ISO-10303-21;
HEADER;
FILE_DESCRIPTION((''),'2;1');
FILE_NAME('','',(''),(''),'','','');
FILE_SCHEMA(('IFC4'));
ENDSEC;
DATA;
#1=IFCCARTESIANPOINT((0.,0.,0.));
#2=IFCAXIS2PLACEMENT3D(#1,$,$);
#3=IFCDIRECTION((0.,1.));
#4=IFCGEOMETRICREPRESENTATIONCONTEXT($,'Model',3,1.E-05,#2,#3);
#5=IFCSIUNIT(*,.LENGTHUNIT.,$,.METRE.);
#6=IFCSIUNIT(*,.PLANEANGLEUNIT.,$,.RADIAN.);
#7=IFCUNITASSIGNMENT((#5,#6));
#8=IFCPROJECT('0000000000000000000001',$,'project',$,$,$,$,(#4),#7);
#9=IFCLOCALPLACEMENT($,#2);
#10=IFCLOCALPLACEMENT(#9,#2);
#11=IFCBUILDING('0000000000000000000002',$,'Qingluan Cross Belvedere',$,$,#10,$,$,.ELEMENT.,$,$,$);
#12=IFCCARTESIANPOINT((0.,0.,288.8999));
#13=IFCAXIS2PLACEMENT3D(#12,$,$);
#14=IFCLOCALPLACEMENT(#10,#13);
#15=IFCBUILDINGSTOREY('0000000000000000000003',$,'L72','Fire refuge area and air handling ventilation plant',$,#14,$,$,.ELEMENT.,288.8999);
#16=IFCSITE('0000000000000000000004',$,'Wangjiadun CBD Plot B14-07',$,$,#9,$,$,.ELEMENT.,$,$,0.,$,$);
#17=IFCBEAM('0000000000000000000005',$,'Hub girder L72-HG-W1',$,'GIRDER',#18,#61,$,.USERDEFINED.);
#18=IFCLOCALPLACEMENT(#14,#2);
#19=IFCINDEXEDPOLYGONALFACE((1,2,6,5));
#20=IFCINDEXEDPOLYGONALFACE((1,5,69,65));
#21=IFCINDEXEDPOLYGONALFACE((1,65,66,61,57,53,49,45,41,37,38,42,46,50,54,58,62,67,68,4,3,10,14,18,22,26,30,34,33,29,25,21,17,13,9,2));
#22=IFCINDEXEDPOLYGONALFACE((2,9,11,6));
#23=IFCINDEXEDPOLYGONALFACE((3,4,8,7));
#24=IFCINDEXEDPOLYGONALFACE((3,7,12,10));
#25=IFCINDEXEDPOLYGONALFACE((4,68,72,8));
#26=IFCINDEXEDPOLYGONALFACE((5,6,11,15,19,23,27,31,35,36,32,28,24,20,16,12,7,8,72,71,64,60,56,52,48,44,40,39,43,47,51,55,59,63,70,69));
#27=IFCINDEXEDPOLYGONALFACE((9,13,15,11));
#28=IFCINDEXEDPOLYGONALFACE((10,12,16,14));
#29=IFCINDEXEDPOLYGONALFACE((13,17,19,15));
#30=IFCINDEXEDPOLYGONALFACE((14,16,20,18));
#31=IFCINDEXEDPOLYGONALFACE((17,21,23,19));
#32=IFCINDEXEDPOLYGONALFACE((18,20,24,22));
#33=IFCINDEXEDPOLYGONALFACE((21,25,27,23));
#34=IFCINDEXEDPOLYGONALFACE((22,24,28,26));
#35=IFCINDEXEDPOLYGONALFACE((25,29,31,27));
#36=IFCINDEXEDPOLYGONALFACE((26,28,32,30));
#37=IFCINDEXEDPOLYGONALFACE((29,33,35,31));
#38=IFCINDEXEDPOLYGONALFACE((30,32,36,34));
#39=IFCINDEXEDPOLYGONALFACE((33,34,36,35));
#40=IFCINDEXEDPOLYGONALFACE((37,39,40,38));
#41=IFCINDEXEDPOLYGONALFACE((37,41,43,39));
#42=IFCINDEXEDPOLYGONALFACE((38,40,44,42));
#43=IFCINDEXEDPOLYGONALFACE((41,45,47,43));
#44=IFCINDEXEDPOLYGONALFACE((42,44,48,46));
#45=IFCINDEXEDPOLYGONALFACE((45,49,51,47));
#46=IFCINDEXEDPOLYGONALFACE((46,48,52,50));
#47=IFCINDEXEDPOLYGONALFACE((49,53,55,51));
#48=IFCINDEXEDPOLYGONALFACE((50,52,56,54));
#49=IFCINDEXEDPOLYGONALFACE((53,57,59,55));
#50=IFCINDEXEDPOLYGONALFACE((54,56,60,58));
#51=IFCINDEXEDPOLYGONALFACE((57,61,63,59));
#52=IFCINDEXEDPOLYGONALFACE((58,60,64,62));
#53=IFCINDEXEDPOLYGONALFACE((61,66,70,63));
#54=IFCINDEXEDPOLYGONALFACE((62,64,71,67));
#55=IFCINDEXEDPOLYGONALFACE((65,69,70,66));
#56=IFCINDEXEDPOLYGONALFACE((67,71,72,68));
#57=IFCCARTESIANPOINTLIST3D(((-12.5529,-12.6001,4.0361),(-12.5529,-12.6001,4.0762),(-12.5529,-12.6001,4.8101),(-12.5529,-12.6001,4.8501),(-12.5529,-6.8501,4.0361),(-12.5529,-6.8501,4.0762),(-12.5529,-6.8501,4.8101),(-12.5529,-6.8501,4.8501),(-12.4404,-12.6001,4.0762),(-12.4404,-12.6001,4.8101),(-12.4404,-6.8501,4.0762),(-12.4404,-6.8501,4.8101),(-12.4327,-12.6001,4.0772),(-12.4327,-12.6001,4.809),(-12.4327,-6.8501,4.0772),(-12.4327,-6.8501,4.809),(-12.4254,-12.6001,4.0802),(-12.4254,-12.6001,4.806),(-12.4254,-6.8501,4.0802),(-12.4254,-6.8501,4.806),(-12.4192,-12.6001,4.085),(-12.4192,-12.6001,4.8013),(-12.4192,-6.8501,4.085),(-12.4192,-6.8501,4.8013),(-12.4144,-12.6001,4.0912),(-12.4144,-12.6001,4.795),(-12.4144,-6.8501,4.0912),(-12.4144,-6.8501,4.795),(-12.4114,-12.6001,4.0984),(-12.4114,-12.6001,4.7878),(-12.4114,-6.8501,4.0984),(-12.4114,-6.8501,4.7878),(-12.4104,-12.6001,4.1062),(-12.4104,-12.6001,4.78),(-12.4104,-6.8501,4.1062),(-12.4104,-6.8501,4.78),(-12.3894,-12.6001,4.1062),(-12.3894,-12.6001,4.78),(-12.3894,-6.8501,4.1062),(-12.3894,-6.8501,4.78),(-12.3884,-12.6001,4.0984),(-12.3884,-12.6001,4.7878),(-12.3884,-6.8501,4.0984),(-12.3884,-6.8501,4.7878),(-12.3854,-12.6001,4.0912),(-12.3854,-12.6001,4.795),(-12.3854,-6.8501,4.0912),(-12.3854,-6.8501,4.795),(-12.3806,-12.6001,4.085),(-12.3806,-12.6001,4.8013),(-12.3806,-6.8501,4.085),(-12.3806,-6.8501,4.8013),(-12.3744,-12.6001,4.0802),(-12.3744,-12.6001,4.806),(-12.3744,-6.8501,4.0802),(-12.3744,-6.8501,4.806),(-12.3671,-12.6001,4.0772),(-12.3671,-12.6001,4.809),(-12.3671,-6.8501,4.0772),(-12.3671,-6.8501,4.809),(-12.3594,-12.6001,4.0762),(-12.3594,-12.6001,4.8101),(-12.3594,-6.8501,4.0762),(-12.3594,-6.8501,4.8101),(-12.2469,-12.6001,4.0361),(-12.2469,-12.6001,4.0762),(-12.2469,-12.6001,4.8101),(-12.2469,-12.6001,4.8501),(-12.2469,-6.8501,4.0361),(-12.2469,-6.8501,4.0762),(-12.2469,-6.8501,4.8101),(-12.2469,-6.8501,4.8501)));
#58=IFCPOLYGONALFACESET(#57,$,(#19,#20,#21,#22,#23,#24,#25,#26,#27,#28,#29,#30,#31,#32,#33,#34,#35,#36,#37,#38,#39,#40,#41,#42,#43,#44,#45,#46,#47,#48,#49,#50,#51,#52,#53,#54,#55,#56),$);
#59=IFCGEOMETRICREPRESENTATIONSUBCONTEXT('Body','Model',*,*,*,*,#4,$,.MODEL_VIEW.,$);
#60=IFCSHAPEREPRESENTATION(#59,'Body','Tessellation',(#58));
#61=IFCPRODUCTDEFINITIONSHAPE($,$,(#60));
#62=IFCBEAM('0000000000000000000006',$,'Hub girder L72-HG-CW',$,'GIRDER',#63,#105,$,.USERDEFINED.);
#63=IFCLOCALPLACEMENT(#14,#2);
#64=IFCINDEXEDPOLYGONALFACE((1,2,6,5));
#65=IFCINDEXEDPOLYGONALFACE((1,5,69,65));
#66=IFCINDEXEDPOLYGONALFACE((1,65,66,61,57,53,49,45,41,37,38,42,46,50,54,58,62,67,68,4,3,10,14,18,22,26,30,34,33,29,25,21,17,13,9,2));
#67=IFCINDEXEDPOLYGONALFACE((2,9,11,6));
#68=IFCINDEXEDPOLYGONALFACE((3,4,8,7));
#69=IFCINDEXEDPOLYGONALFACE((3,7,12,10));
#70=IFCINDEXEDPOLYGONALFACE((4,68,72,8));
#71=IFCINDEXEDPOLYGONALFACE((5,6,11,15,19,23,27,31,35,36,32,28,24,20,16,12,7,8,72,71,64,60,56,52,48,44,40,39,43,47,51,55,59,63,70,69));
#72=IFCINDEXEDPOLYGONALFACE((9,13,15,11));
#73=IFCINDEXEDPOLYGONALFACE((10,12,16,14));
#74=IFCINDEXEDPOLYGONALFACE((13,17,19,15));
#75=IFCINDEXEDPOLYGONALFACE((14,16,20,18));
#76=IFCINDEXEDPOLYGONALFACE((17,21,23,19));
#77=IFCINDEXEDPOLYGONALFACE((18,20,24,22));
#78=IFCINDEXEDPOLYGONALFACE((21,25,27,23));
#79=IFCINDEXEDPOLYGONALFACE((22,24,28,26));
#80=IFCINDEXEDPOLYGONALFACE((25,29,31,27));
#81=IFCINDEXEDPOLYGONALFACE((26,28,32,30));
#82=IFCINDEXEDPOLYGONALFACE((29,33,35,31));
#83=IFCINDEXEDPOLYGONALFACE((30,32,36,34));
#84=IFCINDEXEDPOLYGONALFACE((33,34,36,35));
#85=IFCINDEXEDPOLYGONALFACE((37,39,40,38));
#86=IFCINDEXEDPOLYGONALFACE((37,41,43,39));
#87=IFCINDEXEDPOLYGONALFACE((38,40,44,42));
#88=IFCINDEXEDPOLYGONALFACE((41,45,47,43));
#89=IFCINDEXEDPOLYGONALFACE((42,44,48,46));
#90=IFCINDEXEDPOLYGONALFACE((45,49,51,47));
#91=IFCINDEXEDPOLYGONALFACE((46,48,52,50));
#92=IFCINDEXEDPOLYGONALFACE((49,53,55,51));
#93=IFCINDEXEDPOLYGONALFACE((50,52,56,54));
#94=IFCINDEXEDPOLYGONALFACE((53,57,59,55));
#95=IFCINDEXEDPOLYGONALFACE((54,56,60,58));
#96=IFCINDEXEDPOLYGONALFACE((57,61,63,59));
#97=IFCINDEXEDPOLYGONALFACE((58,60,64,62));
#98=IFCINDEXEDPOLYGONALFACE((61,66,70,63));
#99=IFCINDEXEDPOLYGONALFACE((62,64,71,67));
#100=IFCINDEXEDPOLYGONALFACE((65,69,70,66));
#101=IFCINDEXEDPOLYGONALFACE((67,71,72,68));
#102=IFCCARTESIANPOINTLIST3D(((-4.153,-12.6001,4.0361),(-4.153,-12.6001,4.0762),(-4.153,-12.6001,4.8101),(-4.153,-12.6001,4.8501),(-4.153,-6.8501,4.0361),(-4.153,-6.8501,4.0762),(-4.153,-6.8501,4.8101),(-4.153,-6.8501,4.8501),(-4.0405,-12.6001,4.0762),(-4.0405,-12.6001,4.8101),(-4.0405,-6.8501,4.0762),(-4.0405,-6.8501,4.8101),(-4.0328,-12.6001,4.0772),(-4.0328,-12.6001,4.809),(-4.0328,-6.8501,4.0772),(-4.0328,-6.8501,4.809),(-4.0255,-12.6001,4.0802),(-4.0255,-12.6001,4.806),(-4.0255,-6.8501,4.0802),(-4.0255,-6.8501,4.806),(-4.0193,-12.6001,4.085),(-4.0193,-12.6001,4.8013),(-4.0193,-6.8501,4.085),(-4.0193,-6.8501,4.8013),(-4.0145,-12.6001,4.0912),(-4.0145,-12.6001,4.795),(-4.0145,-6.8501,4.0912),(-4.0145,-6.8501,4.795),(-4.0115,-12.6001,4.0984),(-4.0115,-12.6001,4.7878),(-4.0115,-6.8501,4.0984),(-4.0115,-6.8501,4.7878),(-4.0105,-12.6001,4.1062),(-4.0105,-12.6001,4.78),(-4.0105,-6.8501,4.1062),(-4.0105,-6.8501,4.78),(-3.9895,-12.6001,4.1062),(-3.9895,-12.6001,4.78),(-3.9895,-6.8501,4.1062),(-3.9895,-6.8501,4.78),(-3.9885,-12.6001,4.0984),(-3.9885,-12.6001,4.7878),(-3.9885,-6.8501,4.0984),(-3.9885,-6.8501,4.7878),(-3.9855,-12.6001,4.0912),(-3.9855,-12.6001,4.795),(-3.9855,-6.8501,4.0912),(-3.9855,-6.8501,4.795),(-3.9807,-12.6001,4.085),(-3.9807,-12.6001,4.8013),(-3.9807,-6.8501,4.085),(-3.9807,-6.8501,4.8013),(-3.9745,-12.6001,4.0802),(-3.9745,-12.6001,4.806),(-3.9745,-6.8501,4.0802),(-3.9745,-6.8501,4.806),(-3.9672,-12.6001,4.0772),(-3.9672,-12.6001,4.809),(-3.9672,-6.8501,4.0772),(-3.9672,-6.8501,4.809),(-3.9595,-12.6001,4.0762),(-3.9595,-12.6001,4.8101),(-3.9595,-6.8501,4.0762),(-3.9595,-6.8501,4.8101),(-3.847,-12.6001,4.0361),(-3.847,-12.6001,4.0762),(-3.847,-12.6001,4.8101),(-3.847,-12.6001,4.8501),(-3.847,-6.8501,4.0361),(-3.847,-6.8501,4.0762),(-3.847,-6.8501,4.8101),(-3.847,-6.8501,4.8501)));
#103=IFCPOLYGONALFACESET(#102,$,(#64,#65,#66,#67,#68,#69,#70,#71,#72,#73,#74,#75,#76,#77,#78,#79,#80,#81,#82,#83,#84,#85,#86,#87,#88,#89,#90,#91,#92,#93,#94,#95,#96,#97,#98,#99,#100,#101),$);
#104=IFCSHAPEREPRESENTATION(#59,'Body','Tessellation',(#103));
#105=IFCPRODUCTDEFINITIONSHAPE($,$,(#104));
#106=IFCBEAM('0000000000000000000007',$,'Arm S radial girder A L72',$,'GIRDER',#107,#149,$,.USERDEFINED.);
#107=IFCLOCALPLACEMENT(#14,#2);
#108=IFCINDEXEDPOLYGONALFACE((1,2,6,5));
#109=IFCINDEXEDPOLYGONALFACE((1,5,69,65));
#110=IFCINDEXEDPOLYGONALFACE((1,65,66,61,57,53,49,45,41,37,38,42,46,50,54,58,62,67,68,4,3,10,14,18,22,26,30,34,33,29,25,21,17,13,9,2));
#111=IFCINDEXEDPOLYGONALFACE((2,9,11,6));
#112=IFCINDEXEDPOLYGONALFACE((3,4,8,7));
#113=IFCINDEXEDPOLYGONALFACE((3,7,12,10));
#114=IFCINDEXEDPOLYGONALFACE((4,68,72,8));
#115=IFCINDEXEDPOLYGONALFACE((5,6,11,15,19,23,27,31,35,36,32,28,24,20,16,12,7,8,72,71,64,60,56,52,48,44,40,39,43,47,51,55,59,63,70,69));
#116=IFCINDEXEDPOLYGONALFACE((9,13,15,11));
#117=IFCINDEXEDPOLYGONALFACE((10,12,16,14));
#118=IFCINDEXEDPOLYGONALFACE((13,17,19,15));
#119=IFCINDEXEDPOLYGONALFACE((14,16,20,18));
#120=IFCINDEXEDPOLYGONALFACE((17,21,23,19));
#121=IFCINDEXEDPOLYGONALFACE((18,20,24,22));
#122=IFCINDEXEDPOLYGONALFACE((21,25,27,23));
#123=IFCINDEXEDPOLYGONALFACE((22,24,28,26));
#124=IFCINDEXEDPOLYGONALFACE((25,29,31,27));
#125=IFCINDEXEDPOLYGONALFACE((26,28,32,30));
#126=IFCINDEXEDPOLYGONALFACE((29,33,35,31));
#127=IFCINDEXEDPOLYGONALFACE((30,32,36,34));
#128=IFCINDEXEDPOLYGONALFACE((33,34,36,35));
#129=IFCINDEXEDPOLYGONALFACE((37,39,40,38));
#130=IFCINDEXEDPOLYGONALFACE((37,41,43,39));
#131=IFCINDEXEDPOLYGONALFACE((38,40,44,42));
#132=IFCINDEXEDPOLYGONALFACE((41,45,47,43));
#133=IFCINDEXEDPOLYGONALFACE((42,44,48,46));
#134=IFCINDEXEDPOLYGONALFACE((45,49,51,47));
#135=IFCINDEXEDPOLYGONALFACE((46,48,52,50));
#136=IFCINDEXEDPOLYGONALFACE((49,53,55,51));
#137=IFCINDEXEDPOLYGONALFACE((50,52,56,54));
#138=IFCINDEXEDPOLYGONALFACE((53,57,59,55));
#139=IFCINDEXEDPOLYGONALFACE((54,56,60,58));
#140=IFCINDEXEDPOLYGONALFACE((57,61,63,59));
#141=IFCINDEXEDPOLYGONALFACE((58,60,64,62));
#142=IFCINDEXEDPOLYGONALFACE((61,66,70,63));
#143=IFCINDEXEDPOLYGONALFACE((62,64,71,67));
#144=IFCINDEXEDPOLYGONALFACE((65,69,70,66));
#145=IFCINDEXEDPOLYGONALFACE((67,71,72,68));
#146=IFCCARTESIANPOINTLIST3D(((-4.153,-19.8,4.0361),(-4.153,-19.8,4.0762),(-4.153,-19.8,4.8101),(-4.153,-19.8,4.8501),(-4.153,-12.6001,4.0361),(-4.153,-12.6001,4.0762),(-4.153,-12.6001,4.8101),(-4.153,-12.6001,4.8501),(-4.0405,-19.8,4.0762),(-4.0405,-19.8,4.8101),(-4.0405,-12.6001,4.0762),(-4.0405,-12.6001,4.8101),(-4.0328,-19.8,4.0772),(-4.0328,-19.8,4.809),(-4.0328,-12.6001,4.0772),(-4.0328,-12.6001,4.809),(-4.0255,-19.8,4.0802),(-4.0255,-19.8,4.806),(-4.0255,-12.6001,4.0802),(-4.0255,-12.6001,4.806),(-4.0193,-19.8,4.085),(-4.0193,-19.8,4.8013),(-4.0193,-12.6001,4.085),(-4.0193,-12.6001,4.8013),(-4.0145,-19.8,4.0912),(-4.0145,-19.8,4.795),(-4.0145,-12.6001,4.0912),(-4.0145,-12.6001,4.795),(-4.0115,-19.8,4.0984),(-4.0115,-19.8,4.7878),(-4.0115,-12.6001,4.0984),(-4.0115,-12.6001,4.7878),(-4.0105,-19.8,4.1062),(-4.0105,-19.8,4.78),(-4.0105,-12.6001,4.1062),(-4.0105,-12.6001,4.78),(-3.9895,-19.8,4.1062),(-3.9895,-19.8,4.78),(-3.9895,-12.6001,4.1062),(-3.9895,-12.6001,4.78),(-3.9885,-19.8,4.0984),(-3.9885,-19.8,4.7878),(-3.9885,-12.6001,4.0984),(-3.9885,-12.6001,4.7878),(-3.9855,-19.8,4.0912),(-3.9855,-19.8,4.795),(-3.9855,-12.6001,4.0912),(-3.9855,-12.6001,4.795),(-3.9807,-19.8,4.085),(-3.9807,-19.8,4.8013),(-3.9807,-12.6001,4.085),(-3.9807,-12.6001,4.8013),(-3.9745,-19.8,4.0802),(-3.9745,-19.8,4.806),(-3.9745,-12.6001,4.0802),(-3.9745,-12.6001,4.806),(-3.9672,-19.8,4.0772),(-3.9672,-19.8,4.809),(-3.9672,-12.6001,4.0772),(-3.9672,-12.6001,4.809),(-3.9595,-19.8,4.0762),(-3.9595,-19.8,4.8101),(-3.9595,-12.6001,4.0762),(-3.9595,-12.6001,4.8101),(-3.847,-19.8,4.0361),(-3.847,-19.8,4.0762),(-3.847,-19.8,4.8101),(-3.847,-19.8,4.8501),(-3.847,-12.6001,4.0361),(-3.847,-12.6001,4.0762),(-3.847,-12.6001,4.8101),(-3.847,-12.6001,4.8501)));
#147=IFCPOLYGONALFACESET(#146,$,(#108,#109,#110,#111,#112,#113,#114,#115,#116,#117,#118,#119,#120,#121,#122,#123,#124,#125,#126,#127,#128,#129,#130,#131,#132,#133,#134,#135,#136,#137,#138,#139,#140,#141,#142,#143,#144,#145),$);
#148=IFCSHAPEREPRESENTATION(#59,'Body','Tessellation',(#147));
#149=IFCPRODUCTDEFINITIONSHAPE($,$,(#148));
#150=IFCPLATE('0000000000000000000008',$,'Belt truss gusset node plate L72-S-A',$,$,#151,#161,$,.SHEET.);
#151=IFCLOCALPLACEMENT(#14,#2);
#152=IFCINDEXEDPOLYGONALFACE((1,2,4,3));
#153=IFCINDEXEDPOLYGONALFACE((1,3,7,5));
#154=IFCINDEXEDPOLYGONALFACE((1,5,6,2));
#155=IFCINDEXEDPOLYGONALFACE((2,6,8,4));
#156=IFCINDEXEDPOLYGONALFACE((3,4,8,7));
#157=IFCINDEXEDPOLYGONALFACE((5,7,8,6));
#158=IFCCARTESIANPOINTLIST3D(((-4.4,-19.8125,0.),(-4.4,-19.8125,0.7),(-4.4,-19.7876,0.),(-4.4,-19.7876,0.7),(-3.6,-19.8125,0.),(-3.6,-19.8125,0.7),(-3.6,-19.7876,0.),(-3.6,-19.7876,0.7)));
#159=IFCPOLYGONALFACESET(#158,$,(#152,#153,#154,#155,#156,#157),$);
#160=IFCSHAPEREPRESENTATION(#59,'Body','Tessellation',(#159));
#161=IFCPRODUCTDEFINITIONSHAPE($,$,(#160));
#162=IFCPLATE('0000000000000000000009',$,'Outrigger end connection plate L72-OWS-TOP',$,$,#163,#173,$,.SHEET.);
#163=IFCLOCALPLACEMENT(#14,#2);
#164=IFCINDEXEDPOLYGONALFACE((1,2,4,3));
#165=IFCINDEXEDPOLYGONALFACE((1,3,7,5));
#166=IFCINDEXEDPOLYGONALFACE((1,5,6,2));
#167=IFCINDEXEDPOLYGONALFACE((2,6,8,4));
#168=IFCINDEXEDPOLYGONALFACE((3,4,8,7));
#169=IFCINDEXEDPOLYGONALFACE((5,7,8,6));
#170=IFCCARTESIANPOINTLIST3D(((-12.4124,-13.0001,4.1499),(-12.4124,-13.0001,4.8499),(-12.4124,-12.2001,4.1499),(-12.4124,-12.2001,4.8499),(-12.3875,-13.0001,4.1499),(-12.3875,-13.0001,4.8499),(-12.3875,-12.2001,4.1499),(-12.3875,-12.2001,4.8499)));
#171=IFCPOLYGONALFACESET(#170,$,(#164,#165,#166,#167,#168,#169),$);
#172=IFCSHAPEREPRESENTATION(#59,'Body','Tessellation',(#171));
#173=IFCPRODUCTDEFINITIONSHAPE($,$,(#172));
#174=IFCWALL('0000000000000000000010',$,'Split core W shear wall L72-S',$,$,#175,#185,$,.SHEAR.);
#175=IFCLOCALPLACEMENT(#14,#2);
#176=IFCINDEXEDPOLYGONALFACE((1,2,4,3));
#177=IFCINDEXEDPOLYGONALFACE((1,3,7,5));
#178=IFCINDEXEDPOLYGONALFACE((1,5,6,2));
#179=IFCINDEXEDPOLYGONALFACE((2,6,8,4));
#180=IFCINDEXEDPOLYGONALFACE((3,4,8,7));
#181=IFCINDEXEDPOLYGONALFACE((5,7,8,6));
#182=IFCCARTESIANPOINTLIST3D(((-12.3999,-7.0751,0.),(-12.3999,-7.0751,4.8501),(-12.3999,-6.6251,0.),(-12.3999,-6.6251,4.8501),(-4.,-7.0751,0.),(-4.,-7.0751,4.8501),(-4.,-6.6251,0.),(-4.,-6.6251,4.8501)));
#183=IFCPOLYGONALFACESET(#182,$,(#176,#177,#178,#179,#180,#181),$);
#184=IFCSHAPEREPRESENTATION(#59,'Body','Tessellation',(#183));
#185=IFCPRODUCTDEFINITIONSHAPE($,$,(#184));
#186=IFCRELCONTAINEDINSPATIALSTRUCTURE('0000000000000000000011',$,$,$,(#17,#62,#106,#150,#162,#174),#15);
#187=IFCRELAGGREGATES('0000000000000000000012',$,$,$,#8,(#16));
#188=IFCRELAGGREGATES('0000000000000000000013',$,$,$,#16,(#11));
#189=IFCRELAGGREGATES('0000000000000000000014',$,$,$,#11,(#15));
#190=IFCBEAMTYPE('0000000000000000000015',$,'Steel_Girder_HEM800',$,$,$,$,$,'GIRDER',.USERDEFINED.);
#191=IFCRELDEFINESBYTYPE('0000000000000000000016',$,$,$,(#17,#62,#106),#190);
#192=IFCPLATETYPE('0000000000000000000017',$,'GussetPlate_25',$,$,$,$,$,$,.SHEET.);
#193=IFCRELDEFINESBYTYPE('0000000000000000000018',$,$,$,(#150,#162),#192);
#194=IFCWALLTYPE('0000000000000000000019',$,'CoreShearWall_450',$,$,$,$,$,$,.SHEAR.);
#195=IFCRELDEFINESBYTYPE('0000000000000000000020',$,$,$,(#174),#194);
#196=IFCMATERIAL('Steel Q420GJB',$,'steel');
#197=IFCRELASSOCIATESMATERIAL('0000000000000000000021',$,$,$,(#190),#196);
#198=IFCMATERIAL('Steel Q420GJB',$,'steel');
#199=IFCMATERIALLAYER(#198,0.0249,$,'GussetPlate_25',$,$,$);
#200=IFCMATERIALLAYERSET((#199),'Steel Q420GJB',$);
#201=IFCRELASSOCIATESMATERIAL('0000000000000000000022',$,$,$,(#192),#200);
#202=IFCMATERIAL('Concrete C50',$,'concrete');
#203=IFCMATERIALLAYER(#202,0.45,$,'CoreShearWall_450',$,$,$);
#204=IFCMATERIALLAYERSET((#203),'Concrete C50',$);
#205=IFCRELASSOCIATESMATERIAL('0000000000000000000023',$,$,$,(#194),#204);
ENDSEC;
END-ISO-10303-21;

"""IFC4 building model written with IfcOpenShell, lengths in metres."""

from ifc_helpers import new_model, si_unit, direction, frame, frame_2d, origin, origin_2d, place, context, subcontext, project, spatial, rectangle, i_section, extrude, material, layer, layer_set, material_profile, profile_set, type_object, element, save


model = new_model("IFC4")

# Units and contexts
model_context = context("Model", 3, precision=1e-05, world=origin(), true_north=direction((0.0, 1.0)))
body_context = subcontext(model_context, "Body", "Model", "MODEL_VIEW")
ifc_project = project(units=[si_unit("LENGTHUNIT", "METRE"), si_unit("PLANEANGLEUNIT", "RADIAN")], contexts=[model_context])

# Site, building, storey
site_placement = place(None, origin())
site = spatial("IfcSite", under=ifc_project, at=site_placement, Name="Wangjiadun CBD Plot B14-07", CompositionType="ELEMENT", RefElevation=0.0)
building_placement = place(site_placement, origin())
building = spatial("IfcBuilding", under=site, at=building_placement, Name="Qingluan Cross Belvedere", CompositionType="ELEMENT")
storey_placement = place(building_placement, frame((0.0, 0.0, 288.8999)))
storey = spatial("IfcBuildingStorey", under=building, at=storey_placement, Name="L72", Description="Fire refuge area and air handling ventilation plant", CompositionType="ELEMENT", Elevation=288.8999)

# Beams
ifc_material_1 = material(Name="Steel Q420GJB", Category="steel")
ifc_material_profile_1 = material_profile(ifc_material_1, i_section(OverallWidth=0.3059, OverallDepth=0.814, WebThickness=0.021, FlangeThickness=0.04, FilletRadius=0.03, at=origin_2d()), Name="HEM800")
ifc_profile_set_1 = profile_set([ifc_material_profile_1], Name="Steel Q420GJB")
beam_type_1 = type_object("IfcBeamType", Name="Steel_Girder_HEM800", ElementType="GIRDER", PredefinedType="USERDEFINED", material=ifc_profile_set_1)
for number, where, z_axis, x_axis, name in (
    (1, (-12.3999, -12.6001, 4.4431), (0.0, 1.0, 0.0), (-1.0, 0.0, 0.0), "Hub girder L72-HG-W1"),
    (2, (-4.0, -12.6001, 4.4431), (0.0, 1.0, 0.0), (-1.0, 0.0, 0.0), "Hub girder L72-HG-CW"),
):
    element("IfcBeam", number, at=place(storey_placement, frame(where, z_axis=z_axis, x_axis=x_axis)), inside=storey, type_object=beam_type_1, Name=name, ObjectType="GIRDER", PredefinedType="USERDEFINED", context=body_context, shape_type="SweptSolid", body=[
        extrude(i_section(OverallWidth=0.3059, OverallDepth=0.814, WebThickness=0.021, FlangeThickness=0.04, FilletRadius=0.03, at=origin_2d()), origin(), (0.0, 0.0, 1.0), 5.75),
    ])
beam_1_placement = place(storey_placement, frame((-4.0, -12.6001, 4.4431), z_axis=(0.0, -1.0, 0.0), x_axis=(1.0, 0.0, 0.0)))
element("IfcBeam", 3, at=beam_1_placement, inside=storey, type_object=beam_type_1, Name="Arm S radial girder A L72", ObjectType="GIRDER", PredefinedType="USERDEFINED", context=body_context, shape_type="SweptSolid", body=[
    extrude(i_section(OverallWidth=0.3059, OverallDepth=0.814, WebThickness=0.021, FlangeThickness=0.04, FilletRadius=0.03, at=origin_2d()), origin(), (0.0, 0.0, 1.0), 7.2),
])

# Plates
ifc_material_2 = material(Name="Steel Q420GJB", Category="steel")
ifc_layer_1 = layer(ifc_material_2, 0.0249, Name="GussetPlate_25")
ifc_layer_set_1 = layer_set([ifc_layer_1], Name="Steel Q420GJB")
plate_type = type_object("IfcPlateType", Name="GussetPlate_25", PredefinedType="SHEET", material=ifc_layer_set_1)
for number, where, z_axis, x_axis, name in (
    (4, (-4.0, -19.8, 0.0), (0.0, 0.0, 1.0), (1.0, 0.0, 0.0), "Belt truss gusset node plate L72-S-A"),
    (5, (-12.3999, -12.6001, 4.1499), (0.0, 0.0, 1.0), (0.0, 1.0, 0.0), "Outrigger end connection plate L72-OWS-TOP"),
):
    element("IfcPlate", number, at=place(storey_placement, frame(where, z_axis=z_axis, x_axis=x_axis)), inside=storey, type_object=plate_type, Name=name, PredefinedType="SHEET", context=body_context, shape_type="SweptSolid", body=[
        extrude(rectangle(XDim=0.8, YDim=0.0249, at=origin_2d()), origin(), (0.0, 0.0, 1.0), 0.7),
    ])

# Wall
ifc_material_3 = material(Name="Concrete C50", Category="concrete")
ifc_layer_2 = layer(ifc_material_3, 0.45, Name="CoreShearWall_450")
ifc_layer_set_2 = layer_set([ifc_layer_2], Name="Concrete C50")
wall_type_1 = type_object("IfcWallType", Name="CoreShearWall_450", PredefinedType="SHEAR", material=ifc_layer_set_2)
wall_1_placement = place(storey_placement, frame((-12.3999, -6.8501, 0.0), z_axis=(0.0, 0.0, 1.0), x_axis=(1.0, 0.0, 0.0)))
element("IfcWall", 6, at=wall_1_placement, inside=storey, type_object=wall_type_1, Name="Split core W shear wall L72-S", PredefinedType="SHEAR", context=body_context, shape_type="SweptSolid", body=[
    extrude(rectangle(XDim=8.3999, YDim=0.45, at=frame_2d((4.2, 0.0))), origin(), (0.0, 0.0, 1.0), 4.8501),
])

save(model, "model.ifc")
